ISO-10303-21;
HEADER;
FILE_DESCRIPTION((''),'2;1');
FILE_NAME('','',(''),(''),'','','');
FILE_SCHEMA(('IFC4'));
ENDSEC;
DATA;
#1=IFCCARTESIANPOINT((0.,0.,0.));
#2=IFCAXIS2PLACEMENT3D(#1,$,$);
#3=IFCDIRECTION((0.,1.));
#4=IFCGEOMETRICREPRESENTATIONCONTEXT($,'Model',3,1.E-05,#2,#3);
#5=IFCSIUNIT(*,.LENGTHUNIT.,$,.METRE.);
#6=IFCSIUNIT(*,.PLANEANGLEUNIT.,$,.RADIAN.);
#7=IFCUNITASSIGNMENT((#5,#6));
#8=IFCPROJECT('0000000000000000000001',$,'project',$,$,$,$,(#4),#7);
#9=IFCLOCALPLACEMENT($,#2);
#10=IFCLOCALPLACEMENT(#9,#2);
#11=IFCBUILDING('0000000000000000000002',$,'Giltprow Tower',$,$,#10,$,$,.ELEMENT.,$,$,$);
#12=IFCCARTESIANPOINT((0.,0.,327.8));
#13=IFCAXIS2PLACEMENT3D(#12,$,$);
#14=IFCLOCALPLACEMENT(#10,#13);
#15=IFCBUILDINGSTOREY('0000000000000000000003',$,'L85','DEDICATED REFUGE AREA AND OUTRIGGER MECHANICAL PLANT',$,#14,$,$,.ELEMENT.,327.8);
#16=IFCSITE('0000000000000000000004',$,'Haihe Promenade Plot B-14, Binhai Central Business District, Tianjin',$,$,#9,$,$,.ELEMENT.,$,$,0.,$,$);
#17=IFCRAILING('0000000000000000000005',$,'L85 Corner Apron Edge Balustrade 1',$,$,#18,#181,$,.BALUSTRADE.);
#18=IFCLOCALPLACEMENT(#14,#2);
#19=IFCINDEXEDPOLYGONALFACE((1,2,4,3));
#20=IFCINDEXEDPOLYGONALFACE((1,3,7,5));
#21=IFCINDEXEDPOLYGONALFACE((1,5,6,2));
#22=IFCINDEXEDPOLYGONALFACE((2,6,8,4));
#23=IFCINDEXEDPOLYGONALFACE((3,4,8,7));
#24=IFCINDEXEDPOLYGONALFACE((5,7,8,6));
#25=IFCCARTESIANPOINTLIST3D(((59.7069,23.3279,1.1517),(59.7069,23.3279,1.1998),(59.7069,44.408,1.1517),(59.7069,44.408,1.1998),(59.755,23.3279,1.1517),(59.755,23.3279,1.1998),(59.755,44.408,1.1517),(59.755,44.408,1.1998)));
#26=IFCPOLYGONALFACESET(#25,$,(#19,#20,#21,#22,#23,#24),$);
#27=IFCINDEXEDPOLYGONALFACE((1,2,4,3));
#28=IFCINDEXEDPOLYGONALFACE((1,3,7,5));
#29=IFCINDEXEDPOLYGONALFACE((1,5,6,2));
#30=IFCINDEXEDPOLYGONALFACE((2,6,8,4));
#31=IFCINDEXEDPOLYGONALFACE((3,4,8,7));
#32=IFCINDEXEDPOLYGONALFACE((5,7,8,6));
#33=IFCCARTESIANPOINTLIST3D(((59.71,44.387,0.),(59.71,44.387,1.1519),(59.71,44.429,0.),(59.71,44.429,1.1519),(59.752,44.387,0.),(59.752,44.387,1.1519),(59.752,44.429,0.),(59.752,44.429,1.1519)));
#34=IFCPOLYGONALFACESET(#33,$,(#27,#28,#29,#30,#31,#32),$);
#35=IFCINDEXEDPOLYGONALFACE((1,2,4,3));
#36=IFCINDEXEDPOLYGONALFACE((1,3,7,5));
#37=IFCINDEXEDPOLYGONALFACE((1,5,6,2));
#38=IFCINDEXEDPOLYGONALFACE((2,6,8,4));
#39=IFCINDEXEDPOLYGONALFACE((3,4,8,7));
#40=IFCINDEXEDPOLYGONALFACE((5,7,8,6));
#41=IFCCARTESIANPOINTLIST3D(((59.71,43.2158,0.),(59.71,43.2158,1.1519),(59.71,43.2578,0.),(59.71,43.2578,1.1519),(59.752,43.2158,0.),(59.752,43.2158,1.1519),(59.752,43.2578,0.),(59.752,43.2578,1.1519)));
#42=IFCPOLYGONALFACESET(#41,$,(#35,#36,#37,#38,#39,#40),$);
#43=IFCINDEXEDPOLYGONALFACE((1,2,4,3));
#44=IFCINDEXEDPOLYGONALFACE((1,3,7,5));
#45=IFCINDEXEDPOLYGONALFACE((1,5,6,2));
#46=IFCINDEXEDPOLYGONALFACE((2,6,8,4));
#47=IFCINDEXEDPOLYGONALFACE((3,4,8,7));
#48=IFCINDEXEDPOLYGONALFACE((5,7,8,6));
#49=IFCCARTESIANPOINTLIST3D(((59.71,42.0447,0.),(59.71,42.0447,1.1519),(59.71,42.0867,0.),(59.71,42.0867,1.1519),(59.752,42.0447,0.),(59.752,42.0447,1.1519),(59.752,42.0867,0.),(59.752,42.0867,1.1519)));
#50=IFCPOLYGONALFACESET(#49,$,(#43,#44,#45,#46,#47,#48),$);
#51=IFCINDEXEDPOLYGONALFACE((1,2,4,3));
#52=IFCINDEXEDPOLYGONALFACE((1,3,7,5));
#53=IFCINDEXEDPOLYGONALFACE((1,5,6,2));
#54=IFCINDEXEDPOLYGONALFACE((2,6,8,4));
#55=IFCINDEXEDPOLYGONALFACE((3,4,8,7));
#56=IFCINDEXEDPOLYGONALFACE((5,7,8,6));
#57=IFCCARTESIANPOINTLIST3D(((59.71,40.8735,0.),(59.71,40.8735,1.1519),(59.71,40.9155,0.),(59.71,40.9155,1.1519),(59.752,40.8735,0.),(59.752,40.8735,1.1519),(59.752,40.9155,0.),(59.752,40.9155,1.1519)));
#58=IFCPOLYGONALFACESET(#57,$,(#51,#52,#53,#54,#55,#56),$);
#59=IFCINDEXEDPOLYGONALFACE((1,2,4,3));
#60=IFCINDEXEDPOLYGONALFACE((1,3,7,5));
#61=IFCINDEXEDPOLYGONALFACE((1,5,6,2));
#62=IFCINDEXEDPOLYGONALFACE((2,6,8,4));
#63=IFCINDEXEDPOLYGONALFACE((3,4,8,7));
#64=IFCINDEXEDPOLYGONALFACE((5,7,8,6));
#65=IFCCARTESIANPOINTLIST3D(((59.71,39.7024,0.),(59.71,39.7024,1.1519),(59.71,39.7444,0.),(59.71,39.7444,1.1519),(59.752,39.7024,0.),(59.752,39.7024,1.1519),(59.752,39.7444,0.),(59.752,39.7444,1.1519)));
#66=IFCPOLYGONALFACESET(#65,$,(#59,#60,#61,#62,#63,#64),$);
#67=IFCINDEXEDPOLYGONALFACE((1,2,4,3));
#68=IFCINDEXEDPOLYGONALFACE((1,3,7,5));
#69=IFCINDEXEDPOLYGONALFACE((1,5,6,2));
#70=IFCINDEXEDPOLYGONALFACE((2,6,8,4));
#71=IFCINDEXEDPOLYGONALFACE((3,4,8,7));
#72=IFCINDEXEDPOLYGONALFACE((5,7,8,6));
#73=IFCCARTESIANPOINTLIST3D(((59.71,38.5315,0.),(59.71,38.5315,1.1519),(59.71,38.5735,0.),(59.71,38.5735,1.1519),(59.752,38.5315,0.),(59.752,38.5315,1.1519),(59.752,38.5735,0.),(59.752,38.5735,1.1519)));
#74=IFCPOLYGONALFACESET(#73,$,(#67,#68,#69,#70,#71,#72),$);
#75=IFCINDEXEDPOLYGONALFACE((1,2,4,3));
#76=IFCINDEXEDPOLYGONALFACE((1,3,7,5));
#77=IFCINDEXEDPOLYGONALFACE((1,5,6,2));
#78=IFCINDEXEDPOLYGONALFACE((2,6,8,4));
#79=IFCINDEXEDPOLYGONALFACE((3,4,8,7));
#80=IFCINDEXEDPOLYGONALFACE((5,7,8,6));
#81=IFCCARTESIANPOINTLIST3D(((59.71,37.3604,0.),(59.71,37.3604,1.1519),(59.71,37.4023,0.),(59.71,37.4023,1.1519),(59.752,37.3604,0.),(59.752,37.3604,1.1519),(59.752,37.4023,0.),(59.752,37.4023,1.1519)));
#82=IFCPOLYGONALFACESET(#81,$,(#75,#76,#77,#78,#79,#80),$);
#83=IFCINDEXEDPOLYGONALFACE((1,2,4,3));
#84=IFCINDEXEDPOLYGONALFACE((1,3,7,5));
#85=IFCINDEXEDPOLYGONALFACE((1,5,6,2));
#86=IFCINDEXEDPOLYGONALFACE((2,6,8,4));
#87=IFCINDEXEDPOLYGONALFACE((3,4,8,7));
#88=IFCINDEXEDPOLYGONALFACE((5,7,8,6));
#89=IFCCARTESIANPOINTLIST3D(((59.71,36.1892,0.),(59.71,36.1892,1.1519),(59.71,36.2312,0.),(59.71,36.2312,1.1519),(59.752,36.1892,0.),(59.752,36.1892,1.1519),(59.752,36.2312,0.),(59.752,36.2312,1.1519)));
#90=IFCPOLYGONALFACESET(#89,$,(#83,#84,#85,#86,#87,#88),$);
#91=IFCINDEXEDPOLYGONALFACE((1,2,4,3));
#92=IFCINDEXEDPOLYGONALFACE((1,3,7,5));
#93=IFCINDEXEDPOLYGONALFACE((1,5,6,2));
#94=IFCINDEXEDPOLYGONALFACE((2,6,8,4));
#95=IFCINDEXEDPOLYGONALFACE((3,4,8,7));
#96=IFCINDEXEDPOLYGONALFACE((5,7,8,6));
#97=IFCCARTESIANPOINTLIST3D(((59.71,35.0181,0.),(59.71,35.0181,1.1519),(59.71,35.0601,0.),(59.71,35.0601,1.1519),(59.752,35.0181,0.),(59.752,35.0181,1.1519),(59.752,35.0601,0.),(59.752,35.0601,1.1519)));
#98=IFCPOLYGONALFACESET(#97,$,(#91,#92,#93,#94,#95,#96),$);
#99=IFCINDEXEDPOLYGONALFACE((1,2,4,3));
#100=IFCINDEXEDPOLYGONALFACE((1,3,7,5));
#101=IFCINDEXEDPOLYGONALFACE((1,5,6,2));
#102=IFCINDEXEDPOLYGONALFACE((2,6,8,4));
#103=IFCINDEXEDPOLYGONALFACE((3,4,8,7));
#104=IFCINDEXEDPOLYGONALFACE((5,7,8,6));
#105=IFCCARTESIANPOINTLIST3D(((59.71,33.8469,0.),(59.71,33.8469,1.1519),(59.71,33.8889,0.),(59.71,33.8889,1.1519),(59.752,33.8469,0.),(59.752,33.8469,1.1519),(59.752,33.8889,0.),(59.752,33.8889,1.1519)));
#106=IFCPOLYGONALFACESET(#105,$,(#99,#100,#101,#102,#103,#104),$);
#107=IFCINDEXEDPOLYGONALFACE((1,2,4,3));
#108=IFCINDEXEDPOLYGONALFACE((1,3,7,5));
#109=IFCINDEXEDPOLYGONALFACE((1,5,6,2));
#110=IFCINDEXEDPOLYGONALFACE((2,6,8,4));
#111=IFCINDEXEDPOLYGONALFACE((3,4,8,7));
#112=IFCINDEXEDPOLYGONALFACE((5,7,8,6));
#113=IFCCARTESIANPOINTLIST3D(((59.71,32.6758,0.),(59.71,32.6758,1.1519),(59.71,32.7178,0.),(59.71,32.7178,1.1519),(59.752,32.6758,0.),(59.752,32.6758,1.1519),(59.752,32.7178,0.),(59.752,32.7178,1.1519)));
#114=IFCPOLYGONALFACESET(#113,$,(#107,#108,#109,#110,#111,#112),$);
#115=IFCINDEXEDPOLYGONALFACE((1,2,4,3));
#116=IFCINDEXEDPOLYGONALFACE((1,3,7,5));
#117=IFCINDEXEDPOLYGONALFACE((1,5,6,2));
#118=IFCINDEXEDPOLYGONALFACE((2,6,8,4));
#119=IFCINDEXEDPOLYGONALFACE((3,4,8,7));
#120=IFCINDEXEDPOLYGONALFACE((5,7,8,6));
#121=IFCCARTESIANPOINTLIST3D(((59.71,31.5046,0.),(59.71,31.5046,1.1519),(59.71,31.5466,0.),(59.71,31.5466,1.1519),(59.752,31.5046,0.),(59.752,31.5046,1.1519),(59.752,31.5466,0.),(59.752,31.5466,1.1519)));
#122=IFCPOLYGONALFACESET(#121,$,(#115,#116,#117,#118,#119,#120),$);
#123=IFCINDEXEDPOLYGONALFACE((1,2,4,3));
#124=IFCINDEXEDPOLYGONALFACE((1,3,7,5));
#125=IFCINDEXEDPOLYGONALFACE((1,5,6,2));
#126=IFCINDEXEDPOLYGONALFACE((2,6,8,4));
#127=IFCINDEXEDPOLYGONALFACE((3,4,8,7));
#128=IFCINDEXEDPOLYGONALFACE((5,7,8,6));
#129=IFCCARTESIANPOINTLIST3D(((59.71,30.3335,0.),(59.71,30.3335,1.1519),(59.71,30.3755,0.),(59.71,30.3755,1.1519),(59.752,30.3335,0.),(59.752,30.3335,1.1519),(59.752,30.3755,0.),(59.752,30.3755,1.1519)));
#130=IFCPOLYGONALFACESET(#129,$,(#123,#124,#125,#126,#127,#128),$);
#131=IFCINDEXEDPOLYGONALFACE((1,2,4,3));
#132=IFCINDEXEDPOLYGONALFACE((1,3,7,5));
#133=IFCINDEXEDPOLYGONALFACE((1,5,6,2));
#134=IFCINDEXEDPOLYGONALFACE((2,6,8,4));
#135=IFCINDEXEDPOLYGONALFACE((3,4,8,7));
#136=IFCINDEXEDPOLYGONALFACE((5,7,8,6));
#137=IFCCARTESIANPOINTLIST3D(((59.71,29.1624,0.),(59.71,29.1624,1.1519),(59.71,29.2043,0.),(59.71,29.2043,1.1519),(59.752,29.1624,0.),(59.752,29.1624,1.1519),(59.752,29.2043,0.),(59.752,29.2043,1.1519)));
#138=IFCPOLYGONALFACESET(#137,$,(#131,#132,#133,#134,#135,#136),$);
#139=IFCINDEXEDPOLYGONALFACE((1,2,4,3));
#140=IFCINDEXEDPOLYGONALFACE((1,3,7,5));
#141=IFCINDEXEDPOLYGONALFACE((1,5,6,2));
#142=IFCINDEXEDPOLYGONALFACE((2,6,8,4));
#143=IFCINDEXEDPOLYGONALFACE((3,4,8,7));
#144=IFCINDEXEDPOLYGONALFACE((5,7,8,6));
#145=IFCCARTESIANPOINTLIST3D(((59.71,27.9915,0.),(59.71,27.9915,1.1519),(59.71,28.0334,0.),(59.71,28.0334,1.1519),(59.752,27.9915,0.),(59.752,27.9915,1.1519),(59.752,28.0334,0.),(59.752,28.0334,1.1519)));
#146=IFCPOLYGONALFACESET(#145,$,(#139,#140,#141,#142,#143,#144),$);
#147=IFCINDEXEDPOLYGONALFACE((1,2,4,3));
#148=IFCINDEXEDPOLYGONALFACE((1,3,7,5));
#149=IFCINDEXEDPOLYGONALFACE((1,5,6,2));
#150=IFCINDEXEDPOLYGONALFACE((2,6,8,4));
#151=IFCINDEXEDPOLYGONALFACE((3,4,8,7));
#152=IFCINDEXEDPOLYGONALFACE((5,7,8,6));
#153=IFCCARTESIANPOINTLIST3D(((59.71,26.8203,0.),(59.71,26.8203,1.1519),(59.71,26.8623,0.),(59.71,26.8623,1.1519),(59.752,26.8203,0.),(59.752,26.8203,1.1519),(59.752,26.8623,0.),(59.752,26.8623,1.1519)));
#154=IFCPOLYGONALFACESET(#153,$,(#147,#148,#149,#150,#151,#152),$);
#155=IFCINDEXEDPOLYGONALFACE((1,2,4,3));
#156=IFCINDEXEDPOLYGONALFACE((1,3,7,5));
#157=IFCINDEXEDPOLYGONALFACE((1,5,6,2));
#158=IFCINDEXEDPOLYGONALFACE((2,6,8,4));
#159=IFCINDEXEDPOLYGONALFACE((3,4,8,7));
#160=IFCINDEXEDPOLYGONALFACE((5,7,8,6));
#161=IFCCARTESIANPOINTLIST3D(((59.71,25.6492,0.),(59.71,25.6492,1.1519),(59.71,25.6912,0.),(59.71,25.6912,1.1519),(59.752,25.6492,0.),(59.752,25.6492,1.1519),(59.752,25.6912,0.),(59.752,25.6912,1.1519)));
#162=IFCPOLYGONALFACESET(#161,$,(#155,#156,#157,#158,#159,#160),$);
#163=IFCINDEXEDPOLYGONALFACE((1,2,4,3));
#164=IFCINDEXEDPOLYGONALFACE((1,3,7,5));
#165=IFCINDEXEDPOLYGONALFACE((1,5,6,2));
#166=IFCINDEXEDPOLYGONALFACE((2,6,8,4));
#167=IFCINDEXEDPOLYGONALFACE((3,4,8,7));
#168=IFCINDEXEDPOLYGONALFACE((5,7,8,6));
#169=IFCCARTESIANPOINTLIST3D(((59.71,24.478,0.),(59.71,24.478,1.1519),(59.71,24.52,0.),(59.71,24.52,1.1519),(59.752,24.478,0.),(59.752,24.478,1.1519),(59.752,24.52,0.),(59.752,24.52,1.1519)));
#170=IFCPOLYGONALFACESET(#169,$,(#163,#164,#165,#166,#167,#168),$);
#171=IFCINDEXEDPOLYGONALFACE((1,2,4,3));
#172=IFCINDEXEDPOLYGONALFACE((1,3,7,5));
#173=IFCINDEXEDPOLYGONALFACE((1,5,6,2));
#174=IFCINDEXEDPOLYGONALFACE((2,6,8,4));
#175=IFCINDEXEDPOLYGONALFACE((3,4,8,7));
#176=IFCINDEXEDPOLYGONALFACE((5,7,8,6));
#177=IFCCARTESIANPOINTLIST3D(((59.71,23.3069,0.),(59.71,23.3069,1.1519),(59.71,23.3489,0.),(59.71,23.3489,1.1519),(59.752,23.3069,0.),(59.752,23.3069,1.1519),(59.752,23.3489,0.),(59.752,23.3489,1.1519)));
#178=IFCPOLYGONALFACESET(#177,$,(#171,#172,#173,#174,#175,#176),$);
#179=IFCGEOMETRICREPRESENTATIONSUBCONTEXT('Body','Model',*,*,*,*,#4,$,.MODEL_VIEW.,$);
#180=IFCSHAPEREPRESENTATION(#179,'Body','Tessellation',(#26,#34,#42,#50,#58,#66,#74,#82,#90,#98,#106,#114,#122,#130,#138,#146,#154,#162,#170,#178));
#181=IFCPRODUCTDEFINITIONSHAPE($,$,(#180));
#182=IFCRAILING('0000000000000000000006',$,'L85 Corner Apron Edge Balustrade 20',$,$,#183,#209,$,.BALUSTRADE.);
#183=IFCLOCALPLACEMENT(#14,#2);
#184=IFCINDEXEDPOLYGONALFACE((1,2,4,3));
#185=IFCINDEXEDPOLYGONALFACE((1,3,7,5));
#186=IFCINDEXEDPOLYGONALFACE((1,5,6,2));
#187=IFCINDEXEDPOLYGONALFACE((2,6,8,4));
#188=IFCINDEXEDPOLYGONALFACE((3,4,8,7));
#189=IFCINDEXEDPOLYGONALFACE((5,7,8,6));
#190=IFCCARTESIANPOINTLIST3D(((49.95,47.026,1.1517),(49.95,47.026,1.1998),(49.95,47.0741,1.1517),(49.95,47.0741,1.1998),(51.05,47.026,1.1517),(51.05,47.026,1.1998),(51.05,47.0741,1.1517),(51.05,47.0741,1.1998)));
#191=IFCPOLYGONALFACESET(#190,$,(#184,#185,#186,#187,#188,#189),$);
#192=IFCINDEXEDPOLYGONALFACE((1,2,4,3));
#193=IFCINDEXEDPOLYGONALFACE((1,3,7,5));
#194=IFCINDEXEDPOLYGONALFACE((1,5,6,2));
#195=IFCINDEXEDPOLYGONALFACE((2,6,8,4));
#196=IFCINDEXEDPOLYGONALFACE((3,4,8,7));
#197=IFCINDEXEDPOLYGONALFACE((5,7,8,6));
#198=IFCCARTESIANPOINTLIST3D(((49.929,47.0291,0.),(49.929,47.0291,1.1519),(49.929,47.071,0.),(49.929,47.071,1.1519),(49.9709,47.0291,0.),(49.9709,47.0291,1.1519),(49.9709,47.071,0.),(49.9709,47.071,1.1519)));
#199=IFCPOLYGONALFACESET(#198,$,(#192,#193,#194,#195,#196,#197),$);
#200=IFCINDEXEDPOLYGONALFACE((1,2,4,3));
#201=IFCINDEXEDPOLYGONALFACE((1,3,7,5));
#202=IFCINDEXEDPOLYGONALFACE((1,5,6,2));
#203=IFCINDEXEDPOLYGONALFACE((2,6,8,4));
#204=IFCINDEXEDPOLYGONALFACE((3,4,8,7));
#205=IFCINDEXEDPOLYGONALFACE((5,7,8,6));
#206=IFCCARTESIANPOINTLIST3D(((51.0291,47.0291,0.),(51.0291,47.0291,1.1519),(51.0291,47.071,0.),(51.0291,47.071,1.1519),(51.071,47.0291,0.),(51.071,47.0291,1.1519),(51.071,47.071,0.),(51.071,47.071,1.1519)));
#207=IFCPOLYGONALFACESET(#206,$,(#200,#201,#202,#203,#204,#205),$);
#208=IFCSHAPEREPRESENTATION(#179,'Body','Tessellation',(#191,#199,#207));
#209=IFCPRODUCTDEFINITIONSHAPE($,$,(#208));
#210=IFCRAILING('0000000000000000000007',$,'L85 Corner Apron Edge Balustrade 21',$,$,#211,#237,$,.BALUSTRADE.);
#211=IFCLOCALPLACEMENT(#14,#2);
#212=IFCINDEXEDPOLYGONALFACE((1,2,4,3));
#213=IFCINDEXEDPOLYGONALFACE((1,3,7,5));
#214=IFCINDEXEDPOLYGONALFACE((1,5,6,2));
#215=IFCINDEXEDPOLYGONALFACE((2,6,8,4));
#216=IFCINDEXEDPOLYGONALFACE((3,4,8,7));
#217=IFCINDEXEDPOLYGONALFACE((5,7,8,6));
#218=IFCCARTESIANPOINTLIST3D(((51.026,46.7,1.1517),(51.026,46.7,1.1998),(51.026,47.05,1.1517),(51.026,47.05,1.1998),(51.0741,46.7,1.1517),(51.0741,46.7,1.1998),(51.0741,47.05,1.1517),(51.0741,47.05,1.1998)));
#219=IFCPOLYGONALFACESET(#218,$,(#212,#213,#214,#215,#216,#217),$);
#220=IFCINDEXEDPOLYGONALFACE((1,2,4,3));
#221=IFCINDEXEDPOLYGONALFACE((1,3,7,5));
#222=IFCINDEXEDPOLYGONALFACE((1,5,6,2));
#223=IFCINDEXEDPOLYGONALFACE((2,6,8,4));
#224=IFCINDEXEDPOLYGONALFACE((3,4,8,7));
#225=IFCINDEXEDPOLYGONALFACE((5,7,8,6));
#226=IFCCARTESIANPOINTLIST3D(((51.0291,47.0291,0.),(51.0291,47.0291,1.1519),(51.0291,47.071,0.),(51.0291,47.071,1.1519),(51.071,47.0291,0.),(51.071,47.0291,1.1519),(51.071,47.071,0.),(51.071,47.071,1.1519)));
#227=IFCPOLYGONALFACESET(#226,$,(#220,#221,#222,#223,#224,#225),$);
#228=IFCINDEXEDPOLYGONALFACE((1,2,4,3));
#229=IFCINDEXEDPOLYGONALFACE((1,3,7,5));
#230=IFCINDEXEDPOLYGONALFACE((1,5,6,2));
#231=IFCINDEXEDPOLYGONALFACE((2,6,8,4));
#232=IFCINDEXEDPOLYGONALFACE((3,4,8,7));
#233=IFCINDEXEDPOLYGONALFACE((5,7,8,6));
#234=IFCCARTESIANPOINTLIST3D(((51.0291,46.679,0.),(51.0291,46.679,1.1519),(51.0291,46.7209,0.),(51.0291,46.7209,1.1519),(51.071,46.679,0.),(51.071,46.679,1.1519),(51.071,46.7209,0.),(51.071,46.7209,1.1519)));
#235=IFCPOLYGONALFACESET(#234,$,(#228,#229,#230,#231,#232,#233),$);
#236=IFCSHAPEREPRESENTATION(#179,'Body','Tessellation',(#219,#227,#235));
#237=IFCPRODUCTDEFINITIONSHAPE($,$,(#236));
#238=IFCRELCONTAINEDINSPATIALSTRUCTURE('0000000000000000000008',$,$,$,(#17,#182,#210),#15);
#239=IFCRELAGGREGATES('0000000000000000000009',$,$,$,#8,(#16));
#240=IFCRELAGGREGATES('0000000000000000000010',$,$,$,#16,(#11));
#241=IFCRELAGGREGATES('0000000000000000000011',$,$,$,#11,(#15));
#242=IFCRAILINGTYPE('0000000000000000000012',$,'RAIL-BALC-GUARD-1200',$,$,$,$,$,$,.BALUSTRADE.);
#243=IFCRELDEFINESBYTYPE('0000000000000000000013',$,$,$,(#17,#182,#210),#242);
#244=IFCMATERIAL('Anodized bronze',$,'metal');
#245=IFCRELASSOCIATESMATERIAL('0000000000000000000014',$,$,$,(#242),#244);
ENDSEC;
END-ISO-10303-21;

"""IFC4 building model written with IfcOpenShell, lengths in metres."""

from ifc_helpers import new_model, si_unit, direction, frame, origin, origin_2d, place, context, subcontext, project, spatial, rectangle, extrude, material, type_object, element, save


model = new_model("IFC4")

# Units and contexts
model_context = context("Model", 3, precision=1e-05, world=origin(), true_north=direction((0.0, 1.0)))
body_context = subcontext(model_context, "Body", "Model", "MODEL_VIEW")
ifc_project = project(units=[si_unit("LENGTHUNIT", "METRE"), si_unit("PLANEANGLEUNIT", "RADIAN")], contexts=[model_context])

# Site, building, storey
site_placement = place(None, origin())
site = spatial("IfcSite", under=ifc_project, at=site_placement, Name="Haihe Promenade Plot B-14, Binhai Central Business District, Tianjin", CompositionType="ELEMENT", RefElevation=0.0)
building_placement = place(site_placement, origin())
building = spatial("IfcBuilding", under=site, at=building_placement, Name="Giltprow Tower", CompositionType="ELEMENT")
storey_placement = place(building_placement, frame((0.0, 0.0, 327.8)))
storey = spatial("IfcBuildingStorey", under=building, at=storey_placement, Name="L85", Description="DEDICATED REFUGE AREA AND OUTRIGGER MECHANICAL PLANT", CompositionType="ELEMENT", Elevation=327.8)

# Railings
ifc_material_1 = material(Name="Anodized bronze", Category="metal")
railing_type_1 = type_object("IfcRailingType", Name="RAIL-BALC-GUARD-1200", PredefinedType="BALUSTRADE", material=ifc_material_1)
railing_1_placement = place(storey_placement, frame((59.731, 44.408, 0.0)))
element("IfcRailing", 1, at=railing_1_placement, inside=storey, type_object=railing_type_1, Name="L85 Corner Apron Edge Balustrade 1", PredefinedType="BALUSTRADE", context=body_context, shape_type="SweptSolid", body=[
    extrude(rectangle(XDim=0.0481, YDim=0.0481, at=origin_2d()), frame((0.0, 0.0, 1.1758), z_axis=(0.0, -1.0, 0.0), x_axis=(1.0, 0.0, 0.0)), (0.0, 0.0, 1.0), 21.0801),
    extrude(rectangle(XDim=0.042, YDim=0.042, at=origin_2d()), origin(), (0.0, 0.0, 1.0), 1.1519),
    extrude(rectangle(XDim=0.042, YDim=0.042, at=origin_2d()), frame((0.0, -1.1711, 0.0)), (0.0, 0.0, 1.0), 1.1519),
    extrude(rectangle(XDim=0.042, YDim=0.042, at=origin_2d()), frame((0.0, -2.3423, 0.0)), (0.0, 0.0, 1.0), 1.1519),
    extrude(rectangle(XDim=0.042, YDim=0.042, at=origin_2d()), frame((0.0, -3.5134, 0.0)), (0.0, 0.0, 1.0), 1.1519),
    extrude(rectangle(XDim=0.042, YDim=0.042, at=origin_2d()), frame((0.0, -4.6846, 0.0)), (0.0, 0.0, 1.0), 1.1519),
    extrude(rectangle(XDim=0.042, YDim=0.042, at=origin_2d()), frame((0.0, -5.8555, 0.0)), (0.0, 0.0, 1.0), 1.1519),
    extrude(rectangle(XDim=0.042, YDim=0.042, at=origin_2d()), frame((0.0, -7.0266, 0.0)), (0.0, 0.0, 1.0), 1.1519),
    extrude(rectangle(XDim=0.042, YDim=0.042, at=origin_2d()), frame((0.0, -8.1978, 0.0)), (0.0, 0.0, 1.0), 1.1519),
    extrude(rectangle(XDim=0.042, YDim=0.042, at=origin_2d()), frame((0.0, -9.3689, 0.0)), (0.0, 0.0, 1.0), 1.1519),
    extrude(rectangle(XDim=0.042, YDim=0.042, at=origin_2d()), frame((0.0, -10.54, 0.0)), (0.0, 0.0, 1.0), 1.1519),
    extrude(rectangle(XDim=0.042, YDim=0.042, at=origin_2d()), frame((0.0, -11.7112, 0.0)), (0.0, 0.0, 1.0), 1.1519),
    extrude(rectangle(XDim=0.042, YDim=0.042, at=origin_2d()), frame((0.0, -12.8823, 0.0)), (0.0, 0.0, 1.0), 1.1519),
    extrude(rectangle(XDim=0.042, YDim=0.042, at=origin_2d()), frame((0.0, -14.0535, 0.0)), (0.0, 0.0, 1.0), 1.1519),
    extrude(rectangle(XDim=0.042, YDim=0.042, at=origin_2d()), frame((0.0, -15.2246, 0.0)), (0.0, 0.0, 1.0), 1.1519),
    extrude(rectangle(XDim=0.042, YDim=0.042, at=origin_2d()), frame((0.0, -16.3955, 0.0)), (0.0, 0.0, 1.0), 1.1519),
    extrude(rectangle(XDim=0.042, YDim=0.042, at=origin_2d()), frame((0.0, -17.5667, 0.0)), (0.0, 0.0, 1.0), 1.1519),
    extrude(rectangle(XDim=0.042, YDim=0.042, at=origin_2d()), frame((0.0, -18.7378, 0.0)), (0.0, 0.0, 1.0), 1.1519),
    extrude(rectangle(XDim=0.042, YDim=0.042, at=origin_2d()), frame((0.0, -19.9089, 0.0)), (0.0, 0.0, 1.0), 1.1519),
    extrude(rectangle(XDim=0.042, YDim=0.042, at=origin_2d()), frame((0.0, -21.0801, 0.0)), (0.0, 0.0, 1.0), 1.1519),
])
railing_2_placement = place(storey_placement, frame((49.95, 47.05, 0.0)))
element("IfcRailing", 2, at=railing_2_placement, inside=storey, type_object=railing_type_1, Name="L85 Corner Apron Edge Balustrade 20", PredefinedType="BALUSTRADE", context=body_context, shape_type="SweptSolid", body=[
    extrude(rectangle(XDim=0.0481, YDim=0.0481, at=origin_2d()), frame((0.0, 0.0, 1.1758), z_axis=(1.0, 0.0, 0.0), x_axis=(0.0, 1.0, 0.0)), (0.0, 0.0, 1.0), 1.1001),
    extrude(rectangle(XDim=0.042, YDim=0.042, at=origin_2d()), origin(), (0.0, 0.0, 1.0), 1.1519),
    extrude(rectangle(XDim=0.042, YDim=0.042, at=origin_2d()), frame((1.1001, 0.0, 0.0)), (0.0, 0.0, 1.0), 1.1519),
])
railing_3_placement = place(storey_placement, frame((51.05, 47.05, 0.0)))
element("IfcRailing", 3, at=railing_3_placement, inside=storey, type_object=railing_type_1, Name="L85 Corner Apron Edge Balustrade 21", PredefinedType="BALUSTRADE", context=body_context, shape_type="SweptSolid", body=[
    extrude(rectangle(XDim=0.0481, YDim=0.0481, at=origin_2d()), frame((0.0, 0.0, 1.1758), z_axis=(0.0, -1.0, 0.0), x_axis=(1.0, 0.0, 0.0)), (0.0, 0.0, 1.0), 0.3501),
    extrude(rectangle(XDim=0.042, YDim=0.042, at=origin_2d()), origin(), (0.0, 0.0, 1.0), 1.1519),
    extrude(rectangle(XDim=0.042, YDim=0.042, at=origin_2d()), frame((0.0, -0.3501, 0.0)), (0.0, 0.0, 1.0), 1.1519),
])

save(model, "model.ifc")
